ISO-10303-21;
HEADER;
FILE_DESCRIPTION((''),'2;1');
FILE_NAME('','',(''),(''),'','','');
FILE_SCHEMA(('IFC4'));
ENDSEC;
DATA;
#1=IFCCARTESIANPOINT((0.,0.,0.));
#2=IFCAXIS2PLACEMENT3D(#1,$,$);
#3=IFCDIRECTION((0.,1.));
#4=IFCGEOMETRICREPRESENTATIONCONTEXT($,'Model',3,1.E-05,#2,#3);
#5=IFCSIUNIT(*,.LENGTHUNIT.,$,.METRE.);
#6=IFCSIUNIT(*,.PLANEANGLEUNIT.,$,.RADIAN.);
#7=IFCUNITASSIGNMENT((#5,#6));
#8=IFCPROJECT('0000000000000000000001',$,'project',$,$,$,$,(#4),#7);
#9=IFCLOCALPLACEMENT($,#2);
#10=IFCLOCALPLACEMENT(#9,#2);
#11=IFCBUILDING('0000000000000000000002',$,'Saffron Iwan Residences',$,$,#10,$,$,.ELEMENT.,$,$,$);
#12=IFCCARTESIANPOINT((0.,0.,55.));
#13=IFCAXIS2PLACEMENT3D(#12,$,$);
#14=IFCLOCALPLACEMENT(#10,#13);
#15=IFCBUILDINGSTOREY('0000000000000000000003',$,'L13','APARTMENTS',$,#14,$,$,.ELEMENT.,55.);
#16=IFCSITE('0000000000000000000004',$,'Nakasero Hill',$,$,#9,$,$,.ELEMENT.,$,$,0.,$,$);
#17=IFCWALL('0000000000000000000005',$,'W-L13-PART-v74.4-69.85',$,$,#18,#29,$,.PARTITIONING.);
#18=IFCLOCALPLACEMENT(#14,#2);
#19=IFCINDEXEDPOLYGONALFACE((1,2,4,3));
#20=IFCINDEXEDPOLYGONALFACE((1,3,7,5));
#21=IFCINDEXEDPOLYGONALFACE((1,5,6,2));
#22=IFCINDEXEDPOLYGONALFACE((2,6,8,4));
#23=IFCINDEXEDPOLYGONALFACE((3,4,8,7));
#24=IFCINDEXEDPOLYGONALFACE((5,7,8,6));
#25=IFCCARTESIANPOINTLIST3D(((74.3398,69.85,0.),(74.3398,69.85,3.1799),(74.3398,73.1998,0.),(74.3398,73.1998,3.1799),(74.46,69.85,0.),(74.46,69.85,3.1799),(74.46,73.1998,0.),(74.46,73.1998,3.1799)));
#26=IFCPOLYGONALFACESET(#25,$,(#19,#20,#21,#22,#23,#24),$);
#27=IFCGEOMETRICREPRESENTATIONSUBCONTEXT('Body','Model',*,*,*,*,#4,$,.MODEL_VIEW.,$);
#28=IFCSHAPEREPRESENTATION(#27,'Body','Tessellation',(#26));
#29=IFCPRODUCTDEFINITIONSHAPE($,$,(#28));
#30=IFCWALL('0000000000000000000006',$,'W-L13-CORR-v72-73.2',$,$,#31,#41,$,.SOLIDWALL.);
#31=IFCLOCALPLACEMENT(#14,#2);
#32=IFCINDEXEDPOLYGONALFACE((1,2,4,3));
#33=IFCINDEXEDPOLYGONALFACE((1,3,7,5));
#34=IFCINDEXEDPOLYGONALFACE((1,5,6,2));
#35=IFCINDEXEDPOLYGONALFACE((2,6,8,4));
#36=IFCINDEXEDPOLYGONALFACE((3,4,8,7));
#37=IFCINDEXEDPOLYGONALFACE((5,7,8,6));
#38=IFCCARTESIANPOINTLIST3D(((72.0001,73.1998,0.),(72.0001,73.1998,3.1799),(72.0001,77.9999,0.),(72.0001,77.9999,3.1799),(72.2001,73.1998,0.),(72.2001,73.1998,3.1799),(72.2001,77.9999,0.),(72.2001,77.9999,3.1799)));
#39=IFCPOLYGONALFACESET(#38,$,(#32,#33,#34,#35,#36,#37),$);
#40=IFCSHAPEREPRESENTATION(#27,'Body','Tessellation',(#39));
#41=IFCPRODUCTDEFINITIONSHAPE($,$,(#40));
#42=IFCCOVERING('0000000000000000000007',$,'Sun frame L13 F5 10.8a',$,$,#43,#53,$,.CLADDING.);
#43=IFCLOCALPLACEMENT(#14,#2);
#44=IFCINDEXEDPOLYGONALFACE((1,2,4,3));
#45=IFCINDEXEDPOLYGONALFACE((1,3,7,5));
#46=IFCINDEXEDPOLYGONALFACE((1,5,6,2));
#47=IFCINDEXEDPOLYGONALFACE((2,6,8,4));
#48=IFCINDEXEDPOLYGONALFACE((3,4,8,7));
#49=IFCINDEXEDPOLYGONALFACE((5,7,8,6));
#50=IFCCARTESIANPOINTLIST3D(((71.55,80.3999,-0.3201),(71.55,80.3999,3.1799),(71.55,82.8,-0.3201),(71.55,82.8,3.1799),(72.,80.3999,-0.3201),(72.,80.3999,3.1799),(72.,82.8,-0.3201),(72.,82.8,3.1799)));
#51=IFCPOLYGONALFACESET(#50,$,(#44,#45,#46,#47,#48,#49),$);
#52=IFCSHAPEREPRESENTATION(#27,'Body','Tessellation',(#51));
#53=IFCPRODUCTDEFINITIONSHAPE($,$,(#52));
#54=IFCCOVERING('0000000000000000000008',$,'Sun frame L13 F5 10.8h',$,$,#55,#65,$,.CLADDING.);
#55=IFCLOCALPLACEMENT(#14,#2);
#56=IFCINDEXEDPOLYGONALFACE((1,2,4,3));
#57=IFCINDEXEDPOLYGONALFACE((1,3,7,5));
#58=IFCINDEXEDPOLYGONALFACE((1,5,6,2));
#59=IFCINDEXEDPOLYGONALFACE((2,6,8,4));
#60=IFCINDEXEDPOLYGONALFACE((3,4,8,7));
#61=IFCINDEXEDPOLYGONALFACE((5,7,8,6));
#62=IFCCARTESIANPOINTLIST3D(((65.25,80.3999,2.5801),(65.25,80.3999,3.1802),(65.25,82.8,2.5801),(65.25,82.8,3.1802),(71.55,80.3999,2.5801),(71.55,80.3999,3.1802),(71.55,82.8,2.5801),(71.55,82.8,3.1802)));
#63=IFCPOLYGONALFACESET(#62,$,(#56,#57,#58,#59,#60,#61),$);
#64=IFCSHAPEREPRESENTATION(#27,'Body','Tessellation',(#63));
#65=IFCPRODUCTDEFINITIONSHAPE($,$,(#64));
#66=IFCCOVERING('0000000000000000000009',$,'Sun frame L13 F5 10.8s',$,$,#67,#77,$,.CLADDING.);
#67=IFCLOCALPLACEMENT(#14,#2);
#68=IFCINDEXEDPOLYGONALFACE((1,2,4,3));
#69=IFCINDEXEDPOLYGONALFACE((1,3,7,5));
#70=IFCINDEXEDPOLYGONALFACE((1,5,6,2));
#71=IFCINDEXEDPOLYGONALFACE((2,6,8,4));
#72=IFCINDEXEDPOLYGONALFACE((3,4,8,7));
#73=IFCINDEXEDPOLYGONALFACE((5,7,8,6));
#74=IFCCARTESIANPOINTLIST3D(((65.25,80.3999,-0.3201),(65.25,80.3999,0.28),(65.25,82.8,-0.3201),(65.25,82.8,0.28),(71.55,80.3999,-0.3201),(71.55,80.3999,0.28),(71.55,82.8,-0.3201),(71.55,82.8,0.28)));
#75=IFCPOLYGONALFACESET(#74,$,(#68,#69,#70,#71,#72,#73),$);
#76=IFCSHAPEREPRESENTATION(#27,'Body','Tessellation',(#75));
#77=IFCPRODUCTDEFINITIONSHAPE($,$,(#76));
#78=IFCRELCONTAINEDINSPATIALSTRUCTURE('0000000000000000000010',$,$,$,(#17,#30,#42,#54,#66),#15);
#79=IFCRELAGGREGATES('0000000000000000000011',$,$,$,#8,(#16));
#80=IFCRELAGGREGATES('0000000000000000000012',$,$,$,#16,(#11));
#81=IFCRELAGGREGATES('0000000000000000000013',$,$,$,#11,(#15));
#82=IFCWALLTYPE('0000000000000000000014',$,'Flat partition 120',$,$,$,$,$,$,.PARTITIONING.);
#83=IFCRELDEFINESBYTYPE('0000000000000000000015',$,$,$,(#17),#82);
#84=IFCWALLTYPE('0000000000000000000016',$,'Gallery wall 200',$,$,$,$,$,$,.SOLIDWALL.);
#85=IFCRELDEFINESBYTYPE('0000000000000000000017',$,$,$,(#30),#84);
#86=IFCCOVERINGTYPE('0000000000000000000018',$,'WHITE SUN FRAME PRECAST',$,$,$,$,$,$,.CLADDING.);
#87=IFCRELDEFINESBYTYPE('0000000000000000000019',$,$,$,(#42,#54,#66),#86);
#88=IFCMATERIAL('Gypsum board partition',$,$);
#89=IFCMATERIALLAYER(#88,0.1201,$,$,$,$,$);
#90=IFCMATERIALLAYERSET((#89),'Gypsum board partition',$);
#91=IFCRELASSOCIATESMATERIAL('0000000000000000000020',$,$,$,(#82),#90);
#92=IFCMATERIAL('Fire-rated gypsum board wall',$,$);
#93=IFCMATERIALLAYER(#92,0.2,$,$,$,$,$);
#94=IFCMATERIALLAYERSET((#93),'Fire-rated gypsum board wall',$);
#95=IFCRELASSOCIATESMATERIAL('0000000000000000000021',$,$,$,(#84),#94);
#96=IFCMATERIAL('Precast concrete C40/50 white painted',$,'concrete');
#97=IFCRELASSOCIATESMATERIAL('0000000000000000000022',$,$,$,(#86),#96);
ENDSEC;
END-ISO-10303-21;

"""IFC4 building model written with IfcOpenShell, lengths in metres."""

from ifc_helpers import new_model, si_unit, direction, frame, frame_2d, origin, place, context, subcontext, project, spatial, polyline, rectangle, outline, extrude, material, layer, layer_set, type_object, element, save


model = new_model("IFC4")

# Units and contexts
model_context = context("Model", 3, precision=1e-05, world=origin(), true_north=direction((0.0, 1.0)))
body_context = subcontext(model_context, "Body", "Model", "MODEL_VIEW")
ifc_project = project(units=[si_unit("LENGTHUNIT", "METRE"), si_unit("PLANEANGLEUNIT", "RADIAN")], contexts=[model_context])

# Site, building, storey
site_placement = place(None, origin())
site = spatial("IfcSite", under=ifc_project, at=site_placement, Name="Nakasero Hill", CompositionType="ELEMENT", RefElevation=0.0)
building_placement = place(site_placement, origin())
building = spatial("IfcBuilding", under=site, at=building_placement, Name="Saffron Iwan Residences", CompositionType="ELEMENT")
storey_placement = place(building_placement, frame((0.0, 0.0, 55.0)))
storey = spatial("IfcBuildingStorey", under=building, at=storey_placement, Name="L13", Description="APARTMENTS", CompositionType="ELEMENT", Elevation=55.0)

# Shared definitions
ifc_material_1 = material(Name="Gypsum board partition")
ifc_layer_1 = layer(ifc_material_1, 0.1201)
ifc_layer_set_1 = layer_set([ifc_layer_1], Name="Gypsum board partition")
wall_type_1 = type_object("IfcWallType", Name="Flat partition 120", PredefinedType="PARTITIONING", material=ifc_layer_set_1)

# Walls
wall_1_placement = place(storey_placement, frame((74.3999, 69.8501, 0.0), z_axis=(0.0, 0.0, 1.0), x_axis=(0.0, 1.0, 0.0)))
element("IfcWall", 1, at=wall_1_placement, inside=storey, type_object=wall_type_1, Name="W-L13-PART-v74.4-69.85", PredefinedType="PARTITIONING", context=body_context, shape_type="SweptSolid", body=[
    extrude(rectangle(XDim=3.3499, YDim=0.1201, at=frame_2d((1.6748, 0.0))), origin(), (0.0, 0.0, 1.0), 3.1799),
])
ifc_material_2 = material(Name="Fire-rated gypsum board wall")
ifc_layer_2 = layer(ifc_material_2, 0.2)
ifc_layer_set_2 = layer_set([ifc_layer_2], Name="Fire-rated gypsum board wall")
wall_type_2 = type_object("IfcWallType", Name="Gallery wall 200", PredefinedType="SOLIDWALL", material=ifc_layer_set_2)
wall_2_placement = place(storey_placement, frame((72.1001, 73.2, 0.0), z_axis=(0.0, 0.0, 1.0), x_axis=(0.0, 1.0, 0.0)))
element("IfcWall", 2, at=wall_2_placement, inside=storey, type_object=wall_type_2, Name="W-L13-CORR-v72-73.2", PredefinedType="SOLIDWALL", context=body_context, shape_type="SweptSolid", body=[
    extrude(rectangle(XDim=4.8, YDim=0.2, at=frame_2d((2.3999, 0.0))), origin(), (0.0, 0.0, 1.0), 3.1799),
])

# Coverings
ifc_material_3 = material(Name="Precast concrete C40/50 white painted", Category="concrete")
covering_type = type_object("IfcCoveringType", Name="WHITE SUN FRAME PRECAST", PredefinedType="CLADDING", material=ifc_material_3)
covering_placement = place(storey_placement, frame((72.0, 80.3999, -0.3201), z_axis=(0.0, 1.0, 0.0), x_axis=(-1.0, 0.0, 0.0)))
element("IfcCovering", 3, at=covering_placement, inside=storey, type_object=covering_type, Name="Sun frame L13 F5 10.8a", PredefinedType="CLADDING", context=body_context, shape_type="SweptSolid", body=[
    extrude(outline(polyline([(0.0, 0.0), (0.45, 0.0), (0.45, 3.5), (0.0, 3.5), (0.0, 0.0)])), origin(), (0.0, 0.0, 1.0), 2.4001),
])
for number, where, z_axis, x_axis, name in (
    (4, (71.55, 80.3999, 2.5801), (0.0, 1.0, 0.0), (-1.0, 0.0, 0.0), "Sun frame L13 F5 10.8h"),
    (5, (71.55, 80.3999, -0.3201), (0.0, 1.0, 0.0), (-1.0, 0.0, 0.0), "Sun frame L13 F5 10.8s"),
):
    element("IfcCovering", number, at=place(storey_placement, frame(where, z_axis=z_axis, x_axis=x_axis)), inside=storey, type_object=covering_type, Name=name, PredefinedType="CLADDING", context=body_context, shape_type="SweptSolid", body=[
        extrude(outline(polyline([(0.0, 0.0), (6.3, 0.0), (6.3, 0.6001), (0.0, 0.6001), (0.0, 0.0)])), origin(), (0.0, 0.0, 1.0), 2.4001),
    ])

save(model, "model.ifc")
